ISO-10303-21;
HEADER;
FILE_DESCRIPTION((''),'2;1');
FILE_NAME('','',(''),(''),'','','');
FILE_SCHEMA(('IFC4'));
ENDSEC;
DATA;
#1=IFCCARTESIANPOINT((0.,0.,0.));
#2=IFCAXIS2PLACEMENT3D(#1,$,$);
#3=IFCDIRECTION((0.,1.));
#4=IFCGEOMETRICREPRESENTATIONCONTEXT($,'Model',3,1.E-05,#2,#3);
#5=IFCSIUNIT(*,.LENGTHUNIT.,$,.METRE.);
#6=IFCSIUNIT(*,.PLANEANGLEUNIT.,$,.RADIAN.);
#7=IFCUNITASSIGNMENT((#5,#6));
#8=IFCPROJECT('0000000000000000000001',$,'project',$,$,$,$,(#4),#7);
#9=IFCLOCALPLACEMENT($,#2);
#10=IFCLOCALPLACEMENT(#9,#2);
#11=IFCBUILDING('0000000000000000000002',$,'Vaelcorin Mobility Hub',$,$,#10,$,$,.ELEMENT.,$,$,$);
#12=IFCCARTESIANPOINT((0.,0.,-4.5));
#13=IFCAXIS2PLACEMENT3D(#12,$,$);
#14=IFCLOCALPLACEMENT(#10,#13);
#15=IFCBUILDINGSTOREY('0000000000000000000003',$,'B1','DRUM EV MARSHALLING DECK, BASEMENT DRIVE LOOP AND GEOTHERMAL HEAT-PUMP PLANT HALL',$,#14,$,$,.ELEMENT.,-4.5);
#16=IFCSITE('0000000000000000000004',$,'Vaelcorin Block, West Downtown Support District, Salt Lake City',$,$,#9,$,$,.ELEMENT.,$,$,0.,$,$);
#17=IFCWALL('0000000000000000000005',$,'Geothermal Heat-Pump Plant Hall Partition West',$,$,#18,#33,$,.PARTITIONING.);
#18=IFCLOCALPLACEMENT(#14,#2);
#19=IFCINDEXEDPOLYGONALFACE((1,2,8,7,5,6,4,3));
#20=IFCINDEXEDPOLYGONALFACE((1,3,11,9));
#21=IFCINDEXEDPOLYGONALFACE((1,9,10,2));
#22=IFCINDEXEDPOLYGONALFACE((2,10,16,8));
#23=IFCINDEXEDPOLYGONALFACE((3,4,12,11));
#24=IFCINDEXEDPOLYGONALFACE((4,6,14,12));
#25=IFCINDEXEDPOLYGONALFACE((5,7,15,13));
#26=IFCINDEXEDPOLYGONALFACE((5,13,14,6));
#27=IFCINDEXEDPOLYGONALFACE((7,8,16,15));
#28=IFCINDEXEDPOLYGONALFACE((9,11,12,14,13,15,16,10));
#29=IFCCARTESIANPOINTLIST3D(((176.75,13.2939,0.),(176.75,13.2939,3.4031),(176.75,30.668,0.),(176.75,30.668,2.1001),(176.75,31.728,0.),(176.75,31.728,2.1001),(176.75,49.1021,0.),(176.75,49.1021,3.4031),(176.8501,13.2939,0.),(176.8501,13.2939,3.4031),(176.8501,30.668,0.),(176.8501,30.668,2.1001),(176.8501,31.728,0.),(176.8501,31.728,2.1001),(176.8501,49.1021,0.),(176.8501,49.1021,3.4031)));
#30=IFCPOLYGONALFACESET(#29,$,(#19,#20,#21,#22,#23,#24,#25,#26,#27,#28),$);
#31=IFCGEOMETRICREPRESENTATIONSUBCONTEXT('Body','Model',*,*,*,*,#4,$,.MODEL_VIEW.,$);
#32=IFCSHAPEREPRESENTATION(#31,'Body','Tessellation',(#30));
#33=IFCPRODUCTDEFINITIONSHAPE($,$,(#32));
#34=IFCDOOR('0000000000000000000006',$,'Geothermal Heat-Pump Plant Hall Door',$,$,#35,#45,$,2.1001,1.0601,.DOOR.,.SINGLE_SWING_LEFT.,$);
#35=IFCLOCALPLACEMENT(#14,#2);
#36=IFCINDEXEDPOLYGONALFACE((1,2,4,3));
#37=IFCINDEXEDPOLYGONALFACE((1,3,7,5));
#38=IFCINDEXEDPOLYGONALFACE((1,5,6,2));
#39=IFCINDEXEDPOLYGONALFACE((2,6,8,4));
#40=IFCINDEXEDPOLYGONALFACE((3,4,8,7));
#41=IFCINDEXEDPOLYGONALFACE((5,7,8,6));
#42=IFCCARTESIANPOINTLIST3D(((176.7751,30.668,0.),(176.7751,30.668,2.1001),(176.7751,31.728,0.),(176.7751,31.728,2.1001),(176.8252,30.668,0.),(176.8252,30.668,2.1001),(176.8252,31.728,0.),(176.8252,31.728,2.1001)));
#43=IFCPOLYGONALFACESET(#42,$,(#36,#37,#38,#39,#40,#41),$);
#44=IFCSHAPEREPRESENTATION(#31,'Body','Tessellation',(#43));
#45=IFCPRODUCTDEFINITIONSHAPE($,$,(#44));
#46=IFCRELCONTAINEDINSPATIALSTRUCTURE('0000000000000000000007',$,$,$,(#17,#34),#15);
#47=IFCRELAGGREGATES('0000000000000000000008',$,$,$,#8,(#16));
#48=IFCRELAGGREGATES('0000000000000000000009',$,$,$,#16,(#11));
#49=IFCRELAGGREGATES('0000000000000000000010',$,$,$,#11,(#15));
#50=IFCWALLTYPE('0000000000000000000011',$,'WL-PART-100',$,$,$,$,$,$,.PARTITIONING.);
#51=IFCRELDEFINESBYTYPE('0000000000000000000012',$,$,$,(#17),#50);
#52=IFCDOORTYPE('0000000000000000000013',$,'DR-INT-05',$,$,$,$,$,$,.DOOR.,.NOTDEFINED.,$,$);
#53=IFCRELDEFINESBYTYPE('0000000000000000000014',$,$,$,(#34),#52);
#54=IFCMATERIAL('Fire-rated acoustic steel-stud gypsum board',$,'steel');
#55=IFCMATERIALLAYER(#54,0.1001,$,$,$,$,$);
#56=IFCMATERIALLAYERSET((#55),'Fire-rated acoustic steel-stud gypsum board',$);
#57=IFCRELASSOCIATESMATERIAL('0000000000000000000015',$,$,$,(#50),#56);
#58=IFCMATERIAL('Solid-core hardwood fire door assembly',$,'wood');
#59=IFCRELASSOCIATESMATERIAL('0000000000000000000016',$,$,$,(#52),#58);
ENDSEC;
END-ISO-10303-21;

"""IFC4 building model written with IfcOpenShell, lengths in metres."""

from ifc_helpers import new_model, si_unit, direction, frame, frame_2d, origin, place, context, subcontext, project, spatial, rectangle, extrude, material, layer, layer_set, type_object, element, fill, save


model = new_model("IFC4")

# Units and contexts
model_context = context("Model", 3, precision=1e-05, world=origin(), true_north=direction((0.0, 1.0)))
body_context = subcontext(model_context, "Body", "Model", "MODEL_VIEW")
ifc_project = project(units=[si_unit("LENGTHUNIT", "METRE"), si_unit("PLANEANGLEUNIT", "RADIAN")], contexts=[model_context])

# Site, building, storey
site_placement = place(None, origin())
site = spatial("IfcSite", under=ifc_project, at=site_placement, Name="Vaelcorin Block, West Downtown Support District, Salt Lake City", CompositionType="ELEMENT", RefElevation=0.0)
building_placement = place(site_placement, origin())
building = spatial("IfcBuilding", under=site, at=building_placement, Name="Vaelcorin Mobility Hub", CompositionType="ELEMENT")
storey_placement = place(building_placement, frame((0.0, 0.0, -4.5)))
storey = spatial("IfcBuildingStorey", under=building, at=storey_placement, Name="B1", Description="DRUM EV MARSHALLING DECK, BASEMENT DRIVE LOOP AND GEOTHERMAL HEAT-PUMP PLANT HALL", CompositionType="ELEMENT", Elevation=-4.5)

# Wall, opening, door
ifc_material_1 = material(Name="Fire-rated acoustic steel-stud gypsum board", Category="steel")
ifc_layer_1 = layer(ifc_material_1, 0.1001)
ifc_layer_set_1 = layer_set([ifc_layer_1], Name="Fire-rated acoustic steel-stud gypsum board")
wall_type_1 = type_object("IfcWallType", Name="WL-PART-100", PredefinedType="PARTITIONING", material=ifc_layer_set_1)
wall_1_placement = place(storey_placement, frame((176.8, 13.2939, 0.0), z_axis=(0.0, 0.0, 1.0), x_axis=(0.0, 1.0, 0.0)))
wall_1 = element("IfcWall", 1, at=wall_1_placement, inside=storey, type_object=wall_type_1, Name="Geothermal Heat-Pump Plant Hall Partition West", PredefinedType="PARTITIONING", context=body_context, shape_type="SweptSolid", body=[
    extrude(rectangle(XDim=35.8081, YDim=0.1001, at=frame_2d((17.9041, 0.0))), origin(), (0.0, 0.0, 1.0), 3.4031),
])
opening_1_placement = place(wall_1_placement, frame((17.374, 0.0, 0.0)))
opening_1 = element("IfcOpeningElement", 2, at=opening_1_placement, cuts=wall_1, PredefinedType="OPENING", context=body_context, shape_type="SweptSolid", body=[
    extrude(rectangle(XDim=1.0601, YDim=2.1001, at=frame_2d((0.53, 1.05))), frame((0.0, 0.0601, 0.0), z_axis=(0.0, -1.0, 0.0), x_axis=(1.0, 0.0, 0.0)), (0.0, 0.0, 1.0), 0.1201),
])
ifc_material_2 = material(Name="Solid-core hardwood fire door assembly", Category="wood")
door_type_1 = type_object("IfcDoorType", Name="DR-INT-05", OperationType="NOTDEFINED", PredefinedType="DOOR", material=ifc_material_2)
door_1_placement = place(opening_1_placement, origin())
door_1 = element("IfcDoor", 3, at=door_1_placement, inside=storey, type_object=door_type_1, Name="Geothermal Heat-Pump Plant Hall Door", OperationType="SINGLE_SWING_LEFT", OverallHeight=2.1001, OverallWidth=1.0601, PredefinedType="DOOR", context=body_context, shape_type="SweptSolid", body=[
    extrude(rectangle(XDim=1.0601, YDim=2.1001, at=frame_2d((0.53, 1.05))), frame((0.0, 0.0249, 0.0), z_axis=(0.0, -1.0, 0.0), x_axis=(1.0, 0.0, 0.0)), (0.0, 0.0, 1.0), 0.05),
])
fill(opening_1, door_1)

save(model, "model.ifc")
